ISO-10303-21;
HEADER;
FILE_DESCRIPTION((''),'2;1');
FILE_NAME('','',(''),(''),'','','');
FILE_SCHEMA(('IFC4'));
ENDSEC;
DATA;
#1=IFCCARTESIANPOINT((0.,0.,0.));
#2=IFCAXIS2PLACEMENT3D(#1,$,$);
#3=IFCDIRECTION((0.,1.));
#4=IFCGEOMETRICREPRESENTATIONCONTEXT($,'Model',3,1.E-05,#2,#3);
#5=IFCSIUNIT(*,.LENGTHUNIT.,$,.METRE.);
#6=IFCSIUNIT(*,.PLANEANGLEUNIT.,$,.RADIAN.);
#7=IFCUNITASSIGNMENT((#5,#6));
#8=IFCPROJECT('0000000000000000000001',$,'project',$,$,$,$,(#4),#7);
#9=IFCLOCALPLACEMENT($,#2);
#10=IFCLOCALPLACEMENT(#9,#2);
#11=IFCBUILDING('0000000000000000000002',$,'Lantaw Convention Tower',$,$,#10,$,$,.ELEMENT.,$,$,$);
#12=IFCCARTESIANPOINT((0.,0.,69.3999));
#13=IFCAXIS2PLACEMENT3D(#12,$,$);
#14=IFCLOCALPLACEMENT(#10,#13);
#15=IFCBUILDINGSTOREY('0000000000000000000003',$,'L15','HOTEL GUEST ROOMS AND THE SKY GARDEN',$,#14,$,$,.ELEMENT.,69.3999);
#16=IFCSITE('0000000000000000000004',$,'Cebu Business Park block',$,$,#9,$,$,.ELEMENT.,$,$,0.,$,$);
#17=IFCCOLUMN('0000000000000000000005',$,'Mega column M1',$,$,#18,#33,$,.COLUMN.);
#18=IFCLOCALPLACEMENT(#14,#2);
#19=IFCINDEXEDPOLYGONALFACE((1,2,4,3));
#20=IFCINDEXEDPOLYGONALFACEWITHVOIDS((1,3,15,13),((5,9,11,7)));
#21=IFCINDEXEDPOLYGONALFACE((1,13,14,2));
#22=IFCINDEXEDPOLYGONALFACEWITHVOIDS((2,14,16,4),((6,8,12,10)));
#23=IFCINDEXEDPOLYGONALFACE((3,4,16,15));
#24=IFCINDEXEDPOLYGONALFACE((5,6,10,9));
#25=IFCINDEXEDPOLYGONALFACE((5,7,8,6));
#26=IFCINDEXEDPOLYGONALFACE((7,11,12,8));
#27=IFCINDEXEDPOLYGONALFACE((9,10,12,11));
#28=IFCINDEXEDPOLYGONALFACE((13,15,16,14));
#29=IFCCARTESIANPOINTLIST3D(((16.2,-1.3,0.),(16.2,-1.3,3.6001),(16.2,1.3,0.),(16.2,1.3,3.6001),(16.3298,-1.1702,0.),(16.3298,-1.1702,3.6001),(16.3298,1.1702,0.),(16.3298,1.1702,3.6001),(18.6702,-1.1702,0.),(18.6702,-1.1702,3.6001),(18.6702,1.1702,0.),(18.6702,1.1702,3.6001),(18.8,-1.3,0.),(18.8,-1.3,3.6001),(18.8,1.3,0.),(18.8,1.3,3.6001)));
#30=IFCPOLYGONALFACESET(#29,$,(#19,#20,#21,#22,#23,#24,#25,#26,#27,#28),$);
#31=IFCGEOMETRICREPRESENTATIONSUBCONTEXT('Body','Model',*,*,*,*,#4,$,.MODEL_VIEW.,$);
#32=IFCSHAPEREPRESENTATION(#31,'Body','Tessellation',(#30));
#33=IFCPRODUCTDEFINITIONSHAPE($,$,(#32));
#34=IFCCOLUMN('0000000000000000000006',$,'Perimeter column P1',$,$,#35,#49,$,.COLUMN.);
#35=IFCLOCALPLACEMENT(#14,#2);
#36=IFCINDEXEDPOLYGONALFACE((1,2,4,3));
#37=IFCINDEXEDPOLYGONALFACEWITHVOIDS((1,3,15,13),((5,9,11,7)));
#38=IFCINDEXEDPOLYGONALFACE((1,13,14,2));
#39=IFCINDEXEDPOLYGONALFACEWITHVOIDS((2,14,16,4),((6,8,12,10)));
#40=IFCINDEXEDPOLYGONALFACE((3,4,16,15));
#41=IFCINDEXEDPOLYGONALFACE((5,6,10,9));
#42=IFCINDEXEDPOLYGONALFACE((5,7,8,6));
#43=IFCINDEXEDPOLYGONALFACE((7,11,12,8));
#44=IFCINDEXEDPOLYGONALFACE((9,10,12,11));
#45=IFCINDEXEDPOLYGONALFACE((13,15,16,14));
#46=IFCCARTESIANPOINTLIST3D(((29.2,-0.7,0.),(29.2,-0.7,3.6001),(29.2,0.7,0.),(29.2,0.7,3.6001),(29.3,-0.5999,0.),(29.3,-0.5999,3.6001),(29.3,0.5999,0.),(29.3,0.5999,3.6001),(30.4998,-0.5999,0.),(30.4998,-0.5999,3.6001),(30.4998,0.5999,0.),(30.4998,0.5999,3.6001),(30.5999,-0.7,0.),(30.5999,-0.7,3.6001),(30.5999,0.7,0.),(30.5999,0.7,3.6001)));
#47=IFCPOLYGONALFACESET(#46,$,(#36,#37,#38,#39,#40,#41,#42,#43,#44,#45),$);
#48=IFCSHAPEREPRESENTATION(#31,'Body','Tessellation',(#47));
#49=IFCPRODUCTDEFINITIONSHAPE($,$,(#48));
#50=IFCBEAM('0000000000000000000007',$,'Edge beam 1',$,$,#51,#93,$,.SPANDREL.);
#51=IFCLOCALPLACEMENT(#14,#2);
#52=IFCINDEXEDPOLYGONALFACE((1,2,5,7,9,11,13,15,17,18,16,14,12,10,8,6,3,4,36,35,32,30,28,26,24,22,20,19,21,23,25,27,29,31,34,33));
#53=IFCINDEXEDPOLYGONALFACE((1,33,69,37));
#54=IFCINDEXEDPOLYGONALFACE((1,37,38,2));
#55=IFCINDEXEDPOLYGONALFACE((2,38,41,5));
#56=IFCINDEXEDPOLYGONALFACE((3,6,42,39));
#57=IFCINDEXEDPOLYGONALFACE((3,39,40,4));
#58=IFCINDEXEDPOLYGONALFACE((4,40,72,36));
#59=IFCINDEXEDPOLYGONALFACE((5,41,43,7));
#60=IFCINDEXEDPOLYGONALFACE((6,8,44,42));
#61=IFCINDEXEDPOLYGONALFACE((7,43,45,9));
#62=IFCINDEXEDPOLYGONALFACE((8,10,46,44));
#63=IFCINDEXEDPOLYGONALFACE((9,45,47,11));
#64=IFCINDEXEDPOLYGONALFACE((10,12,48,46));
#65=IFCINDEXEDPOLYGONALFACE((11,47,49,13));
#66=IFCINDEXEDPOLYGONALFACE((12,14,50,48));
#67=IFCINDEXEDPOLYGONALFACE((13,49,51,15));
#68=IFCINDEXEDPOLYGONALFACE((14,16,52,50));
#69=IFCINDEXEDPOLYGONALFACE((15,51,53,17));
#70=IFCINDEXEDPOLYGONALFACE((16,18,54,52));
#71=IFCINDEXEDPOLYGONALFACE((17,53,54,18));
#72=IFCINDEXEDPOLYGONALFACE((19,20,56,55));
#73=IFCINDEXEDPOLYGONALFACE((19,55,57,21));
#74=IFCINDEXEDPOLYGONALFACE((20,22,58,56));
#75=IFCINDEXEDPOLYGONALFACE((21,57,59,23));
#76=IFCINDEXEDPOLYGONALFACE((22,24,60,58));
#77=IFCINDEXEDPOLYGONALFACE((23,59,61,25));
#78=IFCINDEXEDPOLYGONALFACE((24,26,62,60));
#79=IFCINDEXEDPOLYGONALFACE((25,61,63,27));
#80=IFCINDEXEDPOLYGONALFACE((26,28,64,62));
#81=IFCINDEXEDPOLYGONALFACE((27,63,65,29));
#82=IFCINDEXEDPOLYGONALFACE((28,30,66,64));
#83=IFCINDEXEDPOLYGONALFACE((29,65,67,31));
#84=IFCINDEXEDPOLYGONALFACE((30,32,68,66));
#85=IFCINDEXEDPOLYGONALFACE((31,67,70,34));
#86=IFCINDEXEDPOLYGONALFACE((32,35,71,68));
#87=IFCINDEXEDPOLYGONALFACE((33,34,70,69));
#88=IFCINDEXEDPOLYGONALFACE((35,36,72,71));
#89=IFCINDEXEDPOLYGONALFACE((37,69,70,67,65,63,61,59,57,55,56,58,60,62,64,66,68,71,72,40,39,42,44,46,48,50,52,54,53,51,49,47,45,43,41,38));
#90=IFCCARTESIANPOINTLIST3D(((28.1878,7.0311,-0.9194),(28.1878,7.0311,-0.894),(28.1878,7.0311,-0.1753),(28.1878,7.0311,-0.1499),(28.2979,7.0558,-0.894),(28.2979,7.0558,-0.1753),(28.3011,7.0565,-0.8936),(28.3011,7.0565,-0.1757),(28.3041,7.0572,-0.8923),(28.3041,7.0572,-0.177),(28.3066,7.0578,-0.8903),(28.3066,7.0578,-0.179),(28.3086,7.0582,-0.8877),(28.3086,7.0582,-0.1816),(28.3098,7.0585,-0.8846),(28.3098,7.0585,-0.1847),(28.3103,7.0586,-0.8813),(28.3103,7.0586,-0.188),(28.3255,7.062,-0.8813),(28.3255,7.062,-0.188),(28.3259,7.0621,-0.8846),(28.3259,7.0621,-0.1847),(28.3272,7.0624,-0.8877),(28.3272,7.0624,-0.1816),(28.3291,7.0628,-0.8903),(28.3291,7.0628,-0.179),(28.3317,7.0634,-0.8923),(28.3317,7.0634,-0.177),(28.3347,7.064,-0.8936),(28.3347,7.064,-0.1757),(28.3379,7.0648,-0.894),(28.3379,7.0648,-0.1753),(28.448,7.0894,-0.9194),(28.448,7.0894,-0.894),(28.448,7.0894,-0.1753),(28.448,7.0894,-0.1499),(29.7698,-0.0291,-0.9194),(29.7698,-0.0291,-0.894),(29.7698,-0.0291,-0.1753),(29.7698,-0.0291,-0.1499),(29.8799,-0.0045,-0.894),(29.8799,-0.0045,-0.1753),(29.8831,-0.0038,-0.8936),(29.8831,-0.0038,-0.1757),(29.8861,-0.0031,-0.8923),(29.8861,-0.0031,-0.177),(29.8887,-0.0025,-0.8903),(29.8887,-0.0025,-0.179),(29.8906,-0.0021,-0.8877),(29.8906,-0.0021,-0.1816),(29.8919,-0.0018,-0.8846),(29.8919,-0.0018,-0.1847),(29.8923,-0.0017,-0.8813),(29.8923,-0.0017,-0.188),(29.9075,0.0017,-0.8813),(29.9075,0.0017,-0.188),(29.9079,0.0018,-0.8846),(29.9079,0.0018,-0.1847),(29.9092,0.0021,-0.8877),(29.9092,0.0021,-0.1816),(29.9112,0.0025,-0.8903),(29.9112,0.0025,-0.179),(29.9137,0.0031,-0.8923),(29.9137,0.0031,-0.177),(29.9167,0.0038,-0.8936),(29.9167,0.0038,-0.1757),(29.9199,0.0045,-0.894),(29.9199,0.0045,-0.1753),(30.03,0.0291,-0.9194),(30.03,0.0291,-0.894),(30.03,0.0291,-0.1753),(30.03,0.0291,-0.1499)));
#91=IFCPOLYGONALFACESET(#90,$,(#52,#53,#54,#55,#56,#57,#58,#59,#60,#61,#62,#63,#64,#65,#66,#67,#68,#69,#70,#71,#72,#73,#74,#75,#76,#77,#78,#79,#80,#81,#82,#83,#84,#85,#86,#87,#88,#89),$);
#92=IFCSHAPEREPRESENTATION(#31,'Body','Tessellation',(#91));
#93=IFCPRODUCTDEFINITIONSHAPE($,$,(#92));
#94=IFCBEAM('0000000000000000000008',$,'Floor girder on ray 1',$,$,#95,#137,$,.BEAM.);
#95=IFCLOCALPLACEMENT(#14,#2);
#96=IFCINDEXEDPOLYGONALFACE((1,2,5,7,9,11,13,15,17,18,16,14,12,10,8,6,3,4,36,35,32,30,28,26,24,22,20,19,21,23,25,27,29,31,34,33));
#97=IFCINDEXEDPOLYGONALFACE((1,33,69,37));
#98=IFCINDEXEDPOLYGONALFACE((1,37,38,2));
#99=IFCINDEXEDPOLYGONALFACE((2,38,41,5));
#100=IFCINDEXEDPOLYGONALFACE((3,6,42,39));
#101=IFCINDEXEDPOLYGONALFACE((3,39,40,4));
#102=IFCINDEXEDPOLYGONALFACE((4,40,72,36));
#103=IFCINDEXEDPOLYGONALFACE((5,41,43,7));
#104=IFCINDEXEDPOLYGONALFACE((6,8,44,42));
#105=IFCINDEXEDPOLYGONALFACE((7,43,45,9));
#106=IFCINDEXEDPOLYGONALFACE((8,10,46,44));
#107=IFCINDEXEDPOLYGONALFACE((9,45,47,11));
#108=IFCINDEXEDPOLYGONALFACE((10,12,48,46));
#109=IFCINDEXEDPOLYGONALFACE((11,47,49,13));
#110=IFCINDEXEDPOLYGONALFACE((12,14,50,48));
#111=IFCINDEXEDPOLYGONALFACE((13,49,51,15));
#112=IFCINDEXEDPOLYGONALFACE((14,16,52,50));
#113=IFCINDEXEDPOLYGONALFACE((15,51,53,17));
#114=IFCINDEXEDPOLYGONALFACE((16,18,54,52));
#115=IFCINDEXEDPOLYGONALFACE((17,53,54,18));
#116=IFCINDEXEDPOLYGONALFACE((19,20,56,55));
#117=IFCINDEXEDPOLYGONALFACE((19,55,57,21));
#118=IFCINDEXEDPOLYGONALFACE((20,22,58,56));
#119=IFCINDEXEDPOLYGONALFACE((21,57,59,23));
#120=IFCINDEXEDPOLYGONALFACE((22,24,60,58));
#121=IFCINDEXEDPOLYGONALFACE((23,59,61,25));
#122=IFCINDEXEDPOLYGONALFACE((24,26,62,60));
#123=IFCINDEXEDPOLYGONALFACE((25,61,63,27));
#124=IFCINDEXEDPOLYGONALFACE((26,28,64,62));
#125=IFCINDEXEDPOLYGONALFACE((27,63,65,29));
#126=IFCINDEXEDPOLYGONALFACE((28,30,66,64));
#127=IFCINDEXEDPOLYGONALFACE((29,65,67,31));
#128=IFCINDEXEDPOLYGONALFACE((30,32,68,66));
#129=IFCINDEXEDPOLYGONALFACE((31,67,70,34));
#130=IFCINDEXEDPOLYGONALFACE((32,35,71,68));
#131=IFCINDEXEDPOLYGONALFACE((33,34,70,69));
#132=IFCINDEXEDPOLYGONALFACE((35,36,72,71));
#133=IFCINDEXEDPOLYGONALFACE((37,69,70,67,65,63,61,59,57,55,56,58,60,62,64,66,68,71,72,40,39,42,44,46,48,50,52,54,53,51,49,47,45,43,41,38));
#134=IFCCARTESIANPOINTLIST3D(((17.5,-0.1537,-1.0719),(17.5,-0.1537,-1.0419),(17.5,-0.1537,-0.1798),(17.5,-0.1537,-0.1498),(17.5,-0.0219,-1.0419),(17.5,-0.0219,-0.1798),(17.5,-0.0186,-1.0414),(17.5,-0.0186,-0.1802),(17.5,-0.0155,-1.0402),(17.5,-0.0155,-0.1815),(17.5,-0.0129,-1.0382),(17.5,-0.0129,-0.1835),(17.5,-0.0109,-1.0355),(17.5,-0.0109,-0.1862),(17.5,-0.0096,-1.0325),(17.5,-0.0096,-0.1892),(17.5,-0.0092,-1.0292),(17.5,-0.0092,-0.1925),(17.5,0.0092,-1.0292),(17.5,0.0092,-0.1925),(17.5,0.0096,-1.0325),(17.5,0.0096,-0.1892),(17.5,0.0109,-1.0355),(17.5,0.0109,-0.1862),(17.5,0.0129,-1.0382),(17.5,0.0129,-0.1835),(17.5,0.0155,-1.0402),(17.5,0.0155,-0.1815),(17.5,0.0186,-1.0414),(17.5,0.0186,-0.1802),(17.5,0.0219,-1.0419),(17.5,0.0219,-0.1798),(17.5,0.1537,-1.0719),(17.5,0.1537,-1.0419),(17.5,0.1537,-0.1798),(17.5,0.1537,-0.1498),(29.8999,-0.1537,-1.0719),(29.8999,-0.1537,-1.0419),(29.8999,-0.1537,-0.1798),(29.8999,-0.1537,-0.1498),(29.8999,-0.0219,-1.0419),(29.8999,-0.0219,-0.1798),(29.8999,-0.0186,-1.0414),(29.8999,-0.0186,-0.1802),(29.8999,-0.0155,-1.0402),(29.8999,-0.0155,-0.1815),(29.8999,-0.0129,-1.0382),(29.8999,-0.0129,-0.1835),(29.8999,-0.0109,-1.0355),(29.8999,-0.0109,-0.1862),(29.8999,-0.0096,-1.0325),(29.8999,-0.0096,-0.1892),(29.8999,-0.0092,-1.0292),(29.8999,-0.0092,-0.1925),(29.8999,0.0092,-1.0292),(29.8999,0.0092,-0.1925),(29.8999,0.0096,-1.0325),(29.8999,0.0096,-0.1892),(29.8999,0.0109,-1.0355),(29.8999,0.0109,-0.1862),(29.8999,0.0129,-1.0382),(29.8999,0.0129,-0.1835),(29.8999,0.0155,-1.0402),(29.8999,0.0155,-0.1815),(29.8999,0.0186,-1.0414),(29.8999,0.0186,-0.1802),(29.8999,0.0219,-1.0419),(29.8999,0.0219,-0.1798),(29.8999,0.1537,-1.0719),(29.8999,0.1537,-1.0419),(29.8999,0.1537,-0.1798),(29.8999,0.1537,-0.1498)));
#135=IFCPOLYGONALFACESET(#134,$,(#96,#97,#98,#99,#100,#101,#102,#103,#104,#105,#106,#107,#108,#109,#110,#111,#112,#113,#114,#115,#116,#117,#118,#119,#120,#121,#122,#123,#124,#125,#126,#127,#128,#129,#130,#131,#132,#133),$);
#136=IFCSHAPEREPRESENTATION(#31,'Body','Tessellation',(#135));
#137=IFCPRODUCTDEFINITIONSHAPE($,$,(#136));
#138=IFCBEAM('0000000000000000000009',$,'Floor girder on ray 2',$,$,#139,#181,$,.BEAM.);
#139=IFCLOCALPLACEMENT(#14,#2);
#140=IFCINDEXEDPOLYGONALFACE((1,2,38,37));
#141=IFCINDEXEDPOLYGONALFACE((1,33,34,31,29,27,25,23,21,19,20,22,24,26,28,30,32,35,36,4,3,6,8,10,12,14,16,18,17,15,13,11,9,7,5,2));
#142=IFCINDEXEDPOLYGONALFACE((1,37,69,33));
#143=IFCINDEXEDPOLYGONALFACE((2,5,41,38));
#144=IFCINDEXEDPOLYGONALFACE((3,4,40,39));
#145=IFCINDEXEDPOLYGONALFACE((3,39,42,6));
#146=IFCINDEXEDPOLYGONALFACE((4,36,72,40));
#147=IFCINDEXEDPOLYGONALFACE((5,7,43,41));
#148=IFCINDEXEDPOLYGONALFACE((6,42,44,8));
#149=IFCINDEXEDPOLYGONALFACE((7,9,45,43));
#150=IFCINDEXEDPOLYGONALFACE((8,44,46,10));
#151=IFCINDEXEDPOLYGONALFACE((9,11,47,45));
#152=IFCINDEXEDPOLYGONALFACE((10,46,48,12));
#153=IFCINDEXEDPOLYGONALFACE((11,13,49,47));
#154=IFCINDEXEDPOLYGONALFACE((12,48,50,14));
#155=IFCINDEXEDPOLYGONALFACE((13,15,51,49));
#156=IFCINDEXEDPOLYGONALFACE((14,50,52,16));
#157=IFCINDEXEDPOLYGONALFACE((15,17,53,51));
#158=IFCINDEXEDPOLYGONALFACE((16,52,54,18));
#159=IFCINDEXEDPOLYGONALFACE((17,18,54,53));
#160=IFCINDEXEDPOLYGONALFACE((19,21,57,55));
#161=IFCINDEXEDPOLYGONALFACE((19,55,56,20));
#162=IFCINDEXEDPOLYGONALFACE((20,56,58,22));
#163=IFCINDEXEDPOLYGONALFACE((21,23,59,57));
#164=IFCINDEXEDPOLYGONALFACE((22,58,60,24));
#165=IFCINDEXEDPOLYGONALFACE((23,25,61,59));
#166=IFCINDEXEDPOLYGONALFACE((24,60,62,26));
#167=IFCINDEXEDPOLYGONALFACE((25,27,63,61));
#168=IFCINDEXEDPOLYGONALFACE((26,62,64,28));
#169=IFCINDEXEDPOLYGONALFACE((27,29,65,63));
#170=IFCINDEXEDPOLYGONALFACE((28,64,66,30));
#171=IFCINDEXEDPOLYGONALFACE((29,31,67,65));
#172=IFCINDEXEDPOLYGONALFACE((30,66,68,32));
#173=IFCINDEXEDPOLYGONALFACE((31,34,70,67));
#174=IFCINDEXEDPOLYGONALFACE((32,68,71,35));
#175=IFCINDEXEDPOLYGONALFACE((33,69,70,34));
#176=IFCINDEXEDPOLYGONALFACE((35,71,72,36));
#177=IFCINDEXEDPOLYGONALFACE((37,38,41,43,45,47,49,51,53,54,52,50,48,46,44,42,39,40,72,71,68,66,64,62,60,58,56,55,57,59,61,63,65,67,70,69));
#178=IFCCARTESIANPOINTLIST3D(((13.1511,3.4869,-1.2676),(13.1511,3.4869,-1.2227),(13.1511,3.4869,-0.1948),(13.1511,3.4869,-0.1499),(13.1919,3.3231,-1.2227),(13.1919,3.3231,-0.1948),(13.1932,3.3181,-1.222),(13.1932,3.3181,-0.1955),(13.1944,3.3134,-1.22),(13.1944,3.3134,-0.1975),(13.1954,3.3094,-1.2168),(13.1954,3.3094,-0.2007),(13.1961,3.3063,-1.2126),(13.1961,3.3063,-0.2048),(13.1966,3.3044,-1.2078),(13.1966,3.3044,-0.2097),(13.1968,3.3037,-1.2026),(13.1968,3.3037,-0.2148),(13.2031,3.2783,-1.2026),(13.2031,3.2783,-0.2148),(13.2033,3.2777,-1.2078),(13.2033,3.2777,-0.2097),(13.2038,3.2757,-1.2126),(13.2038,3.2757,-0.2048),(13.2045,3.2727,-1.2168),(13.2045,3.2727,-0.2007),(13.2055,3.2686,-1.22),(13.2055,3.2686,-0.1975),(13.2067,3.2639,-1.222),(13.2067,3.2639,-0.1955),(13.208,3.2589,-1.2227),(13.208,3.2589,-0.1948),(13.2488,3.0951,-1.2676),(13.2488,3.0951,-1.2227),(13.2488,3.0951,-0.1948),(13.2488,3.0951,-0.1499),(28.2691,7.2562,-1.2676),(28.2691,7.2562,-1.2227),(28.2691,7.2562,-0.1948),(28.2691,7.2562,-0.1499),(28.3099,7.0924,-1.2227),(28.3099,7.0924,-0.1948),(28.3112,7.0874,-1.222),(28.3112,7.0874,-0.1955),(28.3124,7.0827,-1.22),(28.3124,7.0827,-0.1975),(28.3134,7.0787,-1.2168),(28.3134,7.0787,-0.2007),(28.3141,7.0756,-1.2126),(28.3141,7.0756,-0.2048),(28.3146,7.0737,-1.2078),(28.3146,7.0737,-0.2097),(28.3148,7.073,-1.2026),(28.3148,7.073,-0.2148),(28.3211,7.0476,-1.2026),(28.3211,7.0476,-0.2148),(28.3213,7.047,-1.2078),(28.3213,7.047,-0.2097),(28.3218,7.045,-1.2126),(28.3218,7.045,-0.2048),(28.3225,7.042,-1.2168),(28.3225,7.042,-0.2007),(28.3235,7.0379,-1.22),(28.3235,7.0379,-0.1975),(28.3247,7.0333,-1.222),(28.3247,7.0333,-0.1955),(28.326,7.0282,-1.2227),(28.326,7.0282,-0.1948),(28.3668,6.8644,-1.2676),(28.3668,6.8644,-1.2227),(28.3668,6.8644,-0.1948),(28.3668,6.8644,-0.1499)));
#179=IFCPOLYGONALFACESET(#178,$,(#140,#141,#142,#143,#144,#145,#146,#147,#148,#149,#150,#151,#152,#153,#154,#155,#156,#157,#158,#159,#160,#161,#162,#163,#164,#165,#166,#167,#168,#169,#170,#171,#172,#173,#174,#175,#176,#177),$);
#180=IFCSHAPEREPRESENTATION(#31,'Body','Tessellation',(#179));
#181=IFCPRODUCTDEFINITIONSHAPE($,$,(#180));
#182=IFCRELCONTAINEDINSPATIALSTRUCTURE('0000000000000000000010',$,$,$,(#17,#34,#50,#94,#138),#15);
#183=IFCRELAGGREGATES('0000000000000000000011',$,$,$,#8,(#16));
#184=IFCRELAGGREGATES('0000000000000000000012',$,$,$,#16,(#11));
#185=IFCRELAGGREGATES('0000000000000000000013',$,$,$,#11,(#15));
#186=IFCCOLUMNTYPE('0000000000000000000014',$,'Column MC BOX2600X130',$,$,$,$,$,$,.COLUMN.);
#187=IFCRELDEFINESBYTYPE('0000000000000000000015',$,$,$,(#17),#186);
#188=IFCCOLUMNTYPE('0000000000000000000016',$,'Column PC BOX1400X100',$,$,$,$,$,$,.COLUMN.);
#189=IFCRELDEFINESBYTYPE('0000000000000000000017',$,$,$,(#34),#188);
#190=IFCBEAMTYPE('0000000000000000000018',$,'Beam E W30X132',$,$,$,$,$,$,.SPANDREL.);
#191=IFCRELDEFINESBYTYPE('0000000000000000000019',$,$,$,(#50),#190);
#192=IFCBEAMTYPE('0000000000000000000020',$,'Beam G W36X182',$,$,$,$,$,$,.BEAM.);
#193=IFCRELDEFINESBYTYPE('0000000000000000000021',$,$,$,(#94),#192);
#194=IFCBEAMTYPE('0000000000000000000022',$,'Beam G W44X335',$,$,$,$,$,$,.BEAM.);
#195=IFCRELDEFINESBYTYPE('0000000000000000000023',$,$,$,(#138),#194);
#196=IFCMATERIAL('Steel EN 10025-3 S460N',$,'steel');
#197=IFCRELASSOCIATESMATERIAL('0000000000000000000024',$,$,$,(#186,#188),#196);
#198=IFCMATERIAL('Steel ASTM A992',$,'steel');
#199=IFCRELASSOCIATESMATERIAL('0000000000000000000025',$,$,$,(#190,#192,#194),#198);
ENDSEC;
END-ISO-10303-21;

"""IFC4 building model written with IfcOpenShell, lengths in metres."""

from ifc_helpers import new_model, si_unit, direction, frame, origin, origin_2d, place, context, subcontext, project, spatial, rectangle, hollow_rectangle, i_section, extrude, material, material_profile, profile_set, type_object, element, save


model = new_model("IFC4")

# Units and contexts
model_context = context("Model", 3, precision=1e-05, world=origin(), true_north=direction((0.0, 1.0)))
body_context = subcontext(model_context, "Body", "Model", "MODEL_VIEW")
ifc_project = project(units=[si_unit("LENGTHUNIT", "METRE"), si_unit("PLANEANGLEUNIT", "RADIAN")], contexts=[model_context])

# Site, building, storey
site_placement = place(None, origin())
site = spatial("IfcSite", under=ifc_project, at=site_placement, Name="Cebu Business Park block", CompositionType="ELEMENT", RefElevation=0.0)
building_placement = place(site_placement, origin())
building = spatial("IfcBuilding", under=site, at=building_placement, Name="Lantaw Convention Tower", CompositionType="ELEMENT")
storey_placement = place(building_placement, frame((0.0, 0.0, 69.3999)))
storey = spatial("IfcBuildingStorey", under=building, at=storey_placement, Name="L15", Description="HOTEL GUEST ROOMS AND THE SKY GARDEN", CompositionType="ELEMENT", Elevation=69.3999)

# Columns
ifc_material_1 = material(Name="Steel EN 10025-3 S460N", Category="steel")
ifc_material_profile_1 = material_profile(ifc_material_1, hollow_rectangle(XDim=2.6001, YDim=2.6001, WallThickness=0.1299, at=origin_2d()), Name="BOX2600X130")
ifc_material_2 = material(Name="Concrete C60/75", Category="concrete")
ifc_material_profile_2 = material_profile(ifc_material_2, rectangle(XDim=2.3401, YDim=2.3401, at=origin_2d()), Name="Concrete fill of BOX2600X130")
ifc_profile_set_1 = profile_set([ifc_material_profile_1, ifc_material_profile_2], Name="Steel EN 10025-3 S460N")
column_type_1 = type_object("IfcColumnType", Name="Column MC BOX2600X130", PredefinedType="COLUMN", material=ifc_profile_set_1)
column_1_placement = place(storey_placement, frame((17.5, 0.0, 0.0), z_axis=(0.0, 0.0, 1.0), x_axis=(1.0, 0.0, 0.0)))
element("IfcColumn", 1, at=column_1_placement, inside=storey, type_object=column_type_1, Name="Mega column M1", PredefinedType="COLUMN", context=body_context, shape_type="SweptSolid", body=[
    extrude(hollow_rectangle(XDim=2.6001, YDim=2.6001, WallThickness=0.1299, at=origin_2d()), origin(), (0.0, 0.0, 1.0), 3.6001),
])
ifc_material_profile_3 = material_profile(ifc_material_1, hollow_rectangle(XDim=1.3999, YDim=1.3999, WallThickness=0.1001, at=origin_2d()), Name="BOX1400X100")
ifc_material_profile_4 = material_profile(ifc_material_2, rectangle(XDim=1.2, YDim=1.2, at=origin_2d()), Name="Concrete fill of BOX1400X100")
ifc_profile_set_2 = profile_set([ifc_material_profile_3, ifc_material_profile_4], Name="Steel EN 10025-3 S460N")
column_type_2 = type_object("IfcColumnType", Name="Column PC BOX1400X100", PredefinedType="COLUMN", material=ifc_profile_set_2)
column_2_placement = place(storey_placement, frame((29.8999, 0.0, 0.0), z_axis=(0.0, 0.0, 1.0), x_axis=(1.0, 0.0, 0.0)))
element("IfcColumn", 2, at=column_2_placement, inside=storey, type_object=column_type_2, Name="Perimeter column P1", PredefinedType="COLUMN", context=body_context, shape_type="SweptSolid", body=[
    extrude(hollow_rectangle(XDim=1.3999, YDim=1.3999, WallThickness=0.1001, at=origin_2d()), origin(), (0.0, 0.0, 1.0), 3.6001),
])

# Beams
ifc_material_3 = material(Name="Steel ASTM A992", Category="steel")
ifc_material_profile_5 = material_profile(ifc_material_3, i_section(OverallWidth=0.2666, OverallDepth=0.7695, WebThickness=0.0156, FlangeThickness=0.0254, FilletRadius=0.0127, at=origin_2d()), Name="W30X132")
ifc_profile_set_3 = profile_set([ifc_material_profile_5], Name="Steel ASTM A992")
beam_type_1 = type_object("IfcBeamType", Name="Beam E W30X132", PredefinedType="SPANDREL", material=ifc_profile_set_3)
beam_1_placement = place(storey_placement, frame((29.8999, 0.0, -0.5347), z_axis=(-0.218652, 0.975803, 0.0), x_axis=(-0.975803, -0.218652, 0.0)))
element("IfcBeam", 3, at=beam_1_placement, inside=storey, type_object=beam_type_1, Name="Edge beam 1", PredefinedType="SPANDREL", context=body_context, shape_type="SweptSolid", body=[
    extrude(i_section(OverallWidth=0.2666, OverallDepth=0.7695, WebThickness=0.0156, FlangeThickness=0.0254, FilletRadius=0.0127, at=origin_2d()), origin(), (0.0, 0.0, 1.0), 7.2354),
])
ifc_material_profile_6 = material_profile(ifc_material_3, i_section(OverallWidth=0.3074, OverallDepth=0.9221, WebThickness=0.0183, FlangeThickness=0.03, FilletRadius=0.0127, at=origin_2d()), Name="W36X182")
ifc_profile_set_4 = profile_set([ifc_material_profile_6], Name="Steel ASTM A992")
beam_type_2 = type_object("IfcBeamType", Name="Beam G W36X182", PredefinedType="BEAM", material=ifc_profile_set_4)
beam_2_placement = place(storey_placement, frame((17.5, 0.0, -0.6108), z_axis=(1.0, 0.0, 0.0), x_axis=(0.0, 1.0, 0.0)))
element("IfcBeam", 4, at=beam_2_placement, inside=storey, type_object=beam_type_2, Name="Floor girder on ray 1", PredefinedType="BEAM", context=body_context, shape_type="SweptSolid", body=[
    extrude(i_section(OverallWidth=0.3074, OverallDepth=0.9221, WebThickness=0.0183, FlangeThickness=0.03, FilletRadius=0.0127, at=origin_2d()), origin(), (0.0, 0.0, 1.0), 12.3999),
])
ifc_material_profile_7 = material_profile(ifc_material_3, i_section(OverallWidth=0.4038, OverallDepth=1.1177, WebThickness=0.0261, FlangeThickness=0.0449, FilletRadius=0.02, at=origin_2d()), Name="W44X335")
ifc_profile_set_5 = profile_set([ifc_material_profile_7], Name="Steel ASTM A992")
beam_type_3 = type_object("IfcBeamType", Name="Beam G W44X335", PredefinedType="BEAM", material=ifc_profile_set_5)
beam_3_placement = place(storey_placement, frame((13.2, 3.291, -0.7087), z_axis=(0.970296, 0.24192, 0.0), x_axis=(-0.24192, 0.970296, 0.0)))
element("IfcBeam", 5, at=beam_3_placement, inside=storey, type_object=beam_type_3, Name="Floor girder on ray 2", PredefinedType="BEAM", context=body_context, shape_type="SweptSolid", body=[
    extrude(i_section(OverallWidth=0.4038, OverallDepth=1.1177, WebThickness=0.0261, FlangeThickness=0.0449, FilletRadius=0.02, at=origin_2d()), origin(), (0.0, 0.0, 1.0), 15.5808),
])

save(model, "model.ifc")
